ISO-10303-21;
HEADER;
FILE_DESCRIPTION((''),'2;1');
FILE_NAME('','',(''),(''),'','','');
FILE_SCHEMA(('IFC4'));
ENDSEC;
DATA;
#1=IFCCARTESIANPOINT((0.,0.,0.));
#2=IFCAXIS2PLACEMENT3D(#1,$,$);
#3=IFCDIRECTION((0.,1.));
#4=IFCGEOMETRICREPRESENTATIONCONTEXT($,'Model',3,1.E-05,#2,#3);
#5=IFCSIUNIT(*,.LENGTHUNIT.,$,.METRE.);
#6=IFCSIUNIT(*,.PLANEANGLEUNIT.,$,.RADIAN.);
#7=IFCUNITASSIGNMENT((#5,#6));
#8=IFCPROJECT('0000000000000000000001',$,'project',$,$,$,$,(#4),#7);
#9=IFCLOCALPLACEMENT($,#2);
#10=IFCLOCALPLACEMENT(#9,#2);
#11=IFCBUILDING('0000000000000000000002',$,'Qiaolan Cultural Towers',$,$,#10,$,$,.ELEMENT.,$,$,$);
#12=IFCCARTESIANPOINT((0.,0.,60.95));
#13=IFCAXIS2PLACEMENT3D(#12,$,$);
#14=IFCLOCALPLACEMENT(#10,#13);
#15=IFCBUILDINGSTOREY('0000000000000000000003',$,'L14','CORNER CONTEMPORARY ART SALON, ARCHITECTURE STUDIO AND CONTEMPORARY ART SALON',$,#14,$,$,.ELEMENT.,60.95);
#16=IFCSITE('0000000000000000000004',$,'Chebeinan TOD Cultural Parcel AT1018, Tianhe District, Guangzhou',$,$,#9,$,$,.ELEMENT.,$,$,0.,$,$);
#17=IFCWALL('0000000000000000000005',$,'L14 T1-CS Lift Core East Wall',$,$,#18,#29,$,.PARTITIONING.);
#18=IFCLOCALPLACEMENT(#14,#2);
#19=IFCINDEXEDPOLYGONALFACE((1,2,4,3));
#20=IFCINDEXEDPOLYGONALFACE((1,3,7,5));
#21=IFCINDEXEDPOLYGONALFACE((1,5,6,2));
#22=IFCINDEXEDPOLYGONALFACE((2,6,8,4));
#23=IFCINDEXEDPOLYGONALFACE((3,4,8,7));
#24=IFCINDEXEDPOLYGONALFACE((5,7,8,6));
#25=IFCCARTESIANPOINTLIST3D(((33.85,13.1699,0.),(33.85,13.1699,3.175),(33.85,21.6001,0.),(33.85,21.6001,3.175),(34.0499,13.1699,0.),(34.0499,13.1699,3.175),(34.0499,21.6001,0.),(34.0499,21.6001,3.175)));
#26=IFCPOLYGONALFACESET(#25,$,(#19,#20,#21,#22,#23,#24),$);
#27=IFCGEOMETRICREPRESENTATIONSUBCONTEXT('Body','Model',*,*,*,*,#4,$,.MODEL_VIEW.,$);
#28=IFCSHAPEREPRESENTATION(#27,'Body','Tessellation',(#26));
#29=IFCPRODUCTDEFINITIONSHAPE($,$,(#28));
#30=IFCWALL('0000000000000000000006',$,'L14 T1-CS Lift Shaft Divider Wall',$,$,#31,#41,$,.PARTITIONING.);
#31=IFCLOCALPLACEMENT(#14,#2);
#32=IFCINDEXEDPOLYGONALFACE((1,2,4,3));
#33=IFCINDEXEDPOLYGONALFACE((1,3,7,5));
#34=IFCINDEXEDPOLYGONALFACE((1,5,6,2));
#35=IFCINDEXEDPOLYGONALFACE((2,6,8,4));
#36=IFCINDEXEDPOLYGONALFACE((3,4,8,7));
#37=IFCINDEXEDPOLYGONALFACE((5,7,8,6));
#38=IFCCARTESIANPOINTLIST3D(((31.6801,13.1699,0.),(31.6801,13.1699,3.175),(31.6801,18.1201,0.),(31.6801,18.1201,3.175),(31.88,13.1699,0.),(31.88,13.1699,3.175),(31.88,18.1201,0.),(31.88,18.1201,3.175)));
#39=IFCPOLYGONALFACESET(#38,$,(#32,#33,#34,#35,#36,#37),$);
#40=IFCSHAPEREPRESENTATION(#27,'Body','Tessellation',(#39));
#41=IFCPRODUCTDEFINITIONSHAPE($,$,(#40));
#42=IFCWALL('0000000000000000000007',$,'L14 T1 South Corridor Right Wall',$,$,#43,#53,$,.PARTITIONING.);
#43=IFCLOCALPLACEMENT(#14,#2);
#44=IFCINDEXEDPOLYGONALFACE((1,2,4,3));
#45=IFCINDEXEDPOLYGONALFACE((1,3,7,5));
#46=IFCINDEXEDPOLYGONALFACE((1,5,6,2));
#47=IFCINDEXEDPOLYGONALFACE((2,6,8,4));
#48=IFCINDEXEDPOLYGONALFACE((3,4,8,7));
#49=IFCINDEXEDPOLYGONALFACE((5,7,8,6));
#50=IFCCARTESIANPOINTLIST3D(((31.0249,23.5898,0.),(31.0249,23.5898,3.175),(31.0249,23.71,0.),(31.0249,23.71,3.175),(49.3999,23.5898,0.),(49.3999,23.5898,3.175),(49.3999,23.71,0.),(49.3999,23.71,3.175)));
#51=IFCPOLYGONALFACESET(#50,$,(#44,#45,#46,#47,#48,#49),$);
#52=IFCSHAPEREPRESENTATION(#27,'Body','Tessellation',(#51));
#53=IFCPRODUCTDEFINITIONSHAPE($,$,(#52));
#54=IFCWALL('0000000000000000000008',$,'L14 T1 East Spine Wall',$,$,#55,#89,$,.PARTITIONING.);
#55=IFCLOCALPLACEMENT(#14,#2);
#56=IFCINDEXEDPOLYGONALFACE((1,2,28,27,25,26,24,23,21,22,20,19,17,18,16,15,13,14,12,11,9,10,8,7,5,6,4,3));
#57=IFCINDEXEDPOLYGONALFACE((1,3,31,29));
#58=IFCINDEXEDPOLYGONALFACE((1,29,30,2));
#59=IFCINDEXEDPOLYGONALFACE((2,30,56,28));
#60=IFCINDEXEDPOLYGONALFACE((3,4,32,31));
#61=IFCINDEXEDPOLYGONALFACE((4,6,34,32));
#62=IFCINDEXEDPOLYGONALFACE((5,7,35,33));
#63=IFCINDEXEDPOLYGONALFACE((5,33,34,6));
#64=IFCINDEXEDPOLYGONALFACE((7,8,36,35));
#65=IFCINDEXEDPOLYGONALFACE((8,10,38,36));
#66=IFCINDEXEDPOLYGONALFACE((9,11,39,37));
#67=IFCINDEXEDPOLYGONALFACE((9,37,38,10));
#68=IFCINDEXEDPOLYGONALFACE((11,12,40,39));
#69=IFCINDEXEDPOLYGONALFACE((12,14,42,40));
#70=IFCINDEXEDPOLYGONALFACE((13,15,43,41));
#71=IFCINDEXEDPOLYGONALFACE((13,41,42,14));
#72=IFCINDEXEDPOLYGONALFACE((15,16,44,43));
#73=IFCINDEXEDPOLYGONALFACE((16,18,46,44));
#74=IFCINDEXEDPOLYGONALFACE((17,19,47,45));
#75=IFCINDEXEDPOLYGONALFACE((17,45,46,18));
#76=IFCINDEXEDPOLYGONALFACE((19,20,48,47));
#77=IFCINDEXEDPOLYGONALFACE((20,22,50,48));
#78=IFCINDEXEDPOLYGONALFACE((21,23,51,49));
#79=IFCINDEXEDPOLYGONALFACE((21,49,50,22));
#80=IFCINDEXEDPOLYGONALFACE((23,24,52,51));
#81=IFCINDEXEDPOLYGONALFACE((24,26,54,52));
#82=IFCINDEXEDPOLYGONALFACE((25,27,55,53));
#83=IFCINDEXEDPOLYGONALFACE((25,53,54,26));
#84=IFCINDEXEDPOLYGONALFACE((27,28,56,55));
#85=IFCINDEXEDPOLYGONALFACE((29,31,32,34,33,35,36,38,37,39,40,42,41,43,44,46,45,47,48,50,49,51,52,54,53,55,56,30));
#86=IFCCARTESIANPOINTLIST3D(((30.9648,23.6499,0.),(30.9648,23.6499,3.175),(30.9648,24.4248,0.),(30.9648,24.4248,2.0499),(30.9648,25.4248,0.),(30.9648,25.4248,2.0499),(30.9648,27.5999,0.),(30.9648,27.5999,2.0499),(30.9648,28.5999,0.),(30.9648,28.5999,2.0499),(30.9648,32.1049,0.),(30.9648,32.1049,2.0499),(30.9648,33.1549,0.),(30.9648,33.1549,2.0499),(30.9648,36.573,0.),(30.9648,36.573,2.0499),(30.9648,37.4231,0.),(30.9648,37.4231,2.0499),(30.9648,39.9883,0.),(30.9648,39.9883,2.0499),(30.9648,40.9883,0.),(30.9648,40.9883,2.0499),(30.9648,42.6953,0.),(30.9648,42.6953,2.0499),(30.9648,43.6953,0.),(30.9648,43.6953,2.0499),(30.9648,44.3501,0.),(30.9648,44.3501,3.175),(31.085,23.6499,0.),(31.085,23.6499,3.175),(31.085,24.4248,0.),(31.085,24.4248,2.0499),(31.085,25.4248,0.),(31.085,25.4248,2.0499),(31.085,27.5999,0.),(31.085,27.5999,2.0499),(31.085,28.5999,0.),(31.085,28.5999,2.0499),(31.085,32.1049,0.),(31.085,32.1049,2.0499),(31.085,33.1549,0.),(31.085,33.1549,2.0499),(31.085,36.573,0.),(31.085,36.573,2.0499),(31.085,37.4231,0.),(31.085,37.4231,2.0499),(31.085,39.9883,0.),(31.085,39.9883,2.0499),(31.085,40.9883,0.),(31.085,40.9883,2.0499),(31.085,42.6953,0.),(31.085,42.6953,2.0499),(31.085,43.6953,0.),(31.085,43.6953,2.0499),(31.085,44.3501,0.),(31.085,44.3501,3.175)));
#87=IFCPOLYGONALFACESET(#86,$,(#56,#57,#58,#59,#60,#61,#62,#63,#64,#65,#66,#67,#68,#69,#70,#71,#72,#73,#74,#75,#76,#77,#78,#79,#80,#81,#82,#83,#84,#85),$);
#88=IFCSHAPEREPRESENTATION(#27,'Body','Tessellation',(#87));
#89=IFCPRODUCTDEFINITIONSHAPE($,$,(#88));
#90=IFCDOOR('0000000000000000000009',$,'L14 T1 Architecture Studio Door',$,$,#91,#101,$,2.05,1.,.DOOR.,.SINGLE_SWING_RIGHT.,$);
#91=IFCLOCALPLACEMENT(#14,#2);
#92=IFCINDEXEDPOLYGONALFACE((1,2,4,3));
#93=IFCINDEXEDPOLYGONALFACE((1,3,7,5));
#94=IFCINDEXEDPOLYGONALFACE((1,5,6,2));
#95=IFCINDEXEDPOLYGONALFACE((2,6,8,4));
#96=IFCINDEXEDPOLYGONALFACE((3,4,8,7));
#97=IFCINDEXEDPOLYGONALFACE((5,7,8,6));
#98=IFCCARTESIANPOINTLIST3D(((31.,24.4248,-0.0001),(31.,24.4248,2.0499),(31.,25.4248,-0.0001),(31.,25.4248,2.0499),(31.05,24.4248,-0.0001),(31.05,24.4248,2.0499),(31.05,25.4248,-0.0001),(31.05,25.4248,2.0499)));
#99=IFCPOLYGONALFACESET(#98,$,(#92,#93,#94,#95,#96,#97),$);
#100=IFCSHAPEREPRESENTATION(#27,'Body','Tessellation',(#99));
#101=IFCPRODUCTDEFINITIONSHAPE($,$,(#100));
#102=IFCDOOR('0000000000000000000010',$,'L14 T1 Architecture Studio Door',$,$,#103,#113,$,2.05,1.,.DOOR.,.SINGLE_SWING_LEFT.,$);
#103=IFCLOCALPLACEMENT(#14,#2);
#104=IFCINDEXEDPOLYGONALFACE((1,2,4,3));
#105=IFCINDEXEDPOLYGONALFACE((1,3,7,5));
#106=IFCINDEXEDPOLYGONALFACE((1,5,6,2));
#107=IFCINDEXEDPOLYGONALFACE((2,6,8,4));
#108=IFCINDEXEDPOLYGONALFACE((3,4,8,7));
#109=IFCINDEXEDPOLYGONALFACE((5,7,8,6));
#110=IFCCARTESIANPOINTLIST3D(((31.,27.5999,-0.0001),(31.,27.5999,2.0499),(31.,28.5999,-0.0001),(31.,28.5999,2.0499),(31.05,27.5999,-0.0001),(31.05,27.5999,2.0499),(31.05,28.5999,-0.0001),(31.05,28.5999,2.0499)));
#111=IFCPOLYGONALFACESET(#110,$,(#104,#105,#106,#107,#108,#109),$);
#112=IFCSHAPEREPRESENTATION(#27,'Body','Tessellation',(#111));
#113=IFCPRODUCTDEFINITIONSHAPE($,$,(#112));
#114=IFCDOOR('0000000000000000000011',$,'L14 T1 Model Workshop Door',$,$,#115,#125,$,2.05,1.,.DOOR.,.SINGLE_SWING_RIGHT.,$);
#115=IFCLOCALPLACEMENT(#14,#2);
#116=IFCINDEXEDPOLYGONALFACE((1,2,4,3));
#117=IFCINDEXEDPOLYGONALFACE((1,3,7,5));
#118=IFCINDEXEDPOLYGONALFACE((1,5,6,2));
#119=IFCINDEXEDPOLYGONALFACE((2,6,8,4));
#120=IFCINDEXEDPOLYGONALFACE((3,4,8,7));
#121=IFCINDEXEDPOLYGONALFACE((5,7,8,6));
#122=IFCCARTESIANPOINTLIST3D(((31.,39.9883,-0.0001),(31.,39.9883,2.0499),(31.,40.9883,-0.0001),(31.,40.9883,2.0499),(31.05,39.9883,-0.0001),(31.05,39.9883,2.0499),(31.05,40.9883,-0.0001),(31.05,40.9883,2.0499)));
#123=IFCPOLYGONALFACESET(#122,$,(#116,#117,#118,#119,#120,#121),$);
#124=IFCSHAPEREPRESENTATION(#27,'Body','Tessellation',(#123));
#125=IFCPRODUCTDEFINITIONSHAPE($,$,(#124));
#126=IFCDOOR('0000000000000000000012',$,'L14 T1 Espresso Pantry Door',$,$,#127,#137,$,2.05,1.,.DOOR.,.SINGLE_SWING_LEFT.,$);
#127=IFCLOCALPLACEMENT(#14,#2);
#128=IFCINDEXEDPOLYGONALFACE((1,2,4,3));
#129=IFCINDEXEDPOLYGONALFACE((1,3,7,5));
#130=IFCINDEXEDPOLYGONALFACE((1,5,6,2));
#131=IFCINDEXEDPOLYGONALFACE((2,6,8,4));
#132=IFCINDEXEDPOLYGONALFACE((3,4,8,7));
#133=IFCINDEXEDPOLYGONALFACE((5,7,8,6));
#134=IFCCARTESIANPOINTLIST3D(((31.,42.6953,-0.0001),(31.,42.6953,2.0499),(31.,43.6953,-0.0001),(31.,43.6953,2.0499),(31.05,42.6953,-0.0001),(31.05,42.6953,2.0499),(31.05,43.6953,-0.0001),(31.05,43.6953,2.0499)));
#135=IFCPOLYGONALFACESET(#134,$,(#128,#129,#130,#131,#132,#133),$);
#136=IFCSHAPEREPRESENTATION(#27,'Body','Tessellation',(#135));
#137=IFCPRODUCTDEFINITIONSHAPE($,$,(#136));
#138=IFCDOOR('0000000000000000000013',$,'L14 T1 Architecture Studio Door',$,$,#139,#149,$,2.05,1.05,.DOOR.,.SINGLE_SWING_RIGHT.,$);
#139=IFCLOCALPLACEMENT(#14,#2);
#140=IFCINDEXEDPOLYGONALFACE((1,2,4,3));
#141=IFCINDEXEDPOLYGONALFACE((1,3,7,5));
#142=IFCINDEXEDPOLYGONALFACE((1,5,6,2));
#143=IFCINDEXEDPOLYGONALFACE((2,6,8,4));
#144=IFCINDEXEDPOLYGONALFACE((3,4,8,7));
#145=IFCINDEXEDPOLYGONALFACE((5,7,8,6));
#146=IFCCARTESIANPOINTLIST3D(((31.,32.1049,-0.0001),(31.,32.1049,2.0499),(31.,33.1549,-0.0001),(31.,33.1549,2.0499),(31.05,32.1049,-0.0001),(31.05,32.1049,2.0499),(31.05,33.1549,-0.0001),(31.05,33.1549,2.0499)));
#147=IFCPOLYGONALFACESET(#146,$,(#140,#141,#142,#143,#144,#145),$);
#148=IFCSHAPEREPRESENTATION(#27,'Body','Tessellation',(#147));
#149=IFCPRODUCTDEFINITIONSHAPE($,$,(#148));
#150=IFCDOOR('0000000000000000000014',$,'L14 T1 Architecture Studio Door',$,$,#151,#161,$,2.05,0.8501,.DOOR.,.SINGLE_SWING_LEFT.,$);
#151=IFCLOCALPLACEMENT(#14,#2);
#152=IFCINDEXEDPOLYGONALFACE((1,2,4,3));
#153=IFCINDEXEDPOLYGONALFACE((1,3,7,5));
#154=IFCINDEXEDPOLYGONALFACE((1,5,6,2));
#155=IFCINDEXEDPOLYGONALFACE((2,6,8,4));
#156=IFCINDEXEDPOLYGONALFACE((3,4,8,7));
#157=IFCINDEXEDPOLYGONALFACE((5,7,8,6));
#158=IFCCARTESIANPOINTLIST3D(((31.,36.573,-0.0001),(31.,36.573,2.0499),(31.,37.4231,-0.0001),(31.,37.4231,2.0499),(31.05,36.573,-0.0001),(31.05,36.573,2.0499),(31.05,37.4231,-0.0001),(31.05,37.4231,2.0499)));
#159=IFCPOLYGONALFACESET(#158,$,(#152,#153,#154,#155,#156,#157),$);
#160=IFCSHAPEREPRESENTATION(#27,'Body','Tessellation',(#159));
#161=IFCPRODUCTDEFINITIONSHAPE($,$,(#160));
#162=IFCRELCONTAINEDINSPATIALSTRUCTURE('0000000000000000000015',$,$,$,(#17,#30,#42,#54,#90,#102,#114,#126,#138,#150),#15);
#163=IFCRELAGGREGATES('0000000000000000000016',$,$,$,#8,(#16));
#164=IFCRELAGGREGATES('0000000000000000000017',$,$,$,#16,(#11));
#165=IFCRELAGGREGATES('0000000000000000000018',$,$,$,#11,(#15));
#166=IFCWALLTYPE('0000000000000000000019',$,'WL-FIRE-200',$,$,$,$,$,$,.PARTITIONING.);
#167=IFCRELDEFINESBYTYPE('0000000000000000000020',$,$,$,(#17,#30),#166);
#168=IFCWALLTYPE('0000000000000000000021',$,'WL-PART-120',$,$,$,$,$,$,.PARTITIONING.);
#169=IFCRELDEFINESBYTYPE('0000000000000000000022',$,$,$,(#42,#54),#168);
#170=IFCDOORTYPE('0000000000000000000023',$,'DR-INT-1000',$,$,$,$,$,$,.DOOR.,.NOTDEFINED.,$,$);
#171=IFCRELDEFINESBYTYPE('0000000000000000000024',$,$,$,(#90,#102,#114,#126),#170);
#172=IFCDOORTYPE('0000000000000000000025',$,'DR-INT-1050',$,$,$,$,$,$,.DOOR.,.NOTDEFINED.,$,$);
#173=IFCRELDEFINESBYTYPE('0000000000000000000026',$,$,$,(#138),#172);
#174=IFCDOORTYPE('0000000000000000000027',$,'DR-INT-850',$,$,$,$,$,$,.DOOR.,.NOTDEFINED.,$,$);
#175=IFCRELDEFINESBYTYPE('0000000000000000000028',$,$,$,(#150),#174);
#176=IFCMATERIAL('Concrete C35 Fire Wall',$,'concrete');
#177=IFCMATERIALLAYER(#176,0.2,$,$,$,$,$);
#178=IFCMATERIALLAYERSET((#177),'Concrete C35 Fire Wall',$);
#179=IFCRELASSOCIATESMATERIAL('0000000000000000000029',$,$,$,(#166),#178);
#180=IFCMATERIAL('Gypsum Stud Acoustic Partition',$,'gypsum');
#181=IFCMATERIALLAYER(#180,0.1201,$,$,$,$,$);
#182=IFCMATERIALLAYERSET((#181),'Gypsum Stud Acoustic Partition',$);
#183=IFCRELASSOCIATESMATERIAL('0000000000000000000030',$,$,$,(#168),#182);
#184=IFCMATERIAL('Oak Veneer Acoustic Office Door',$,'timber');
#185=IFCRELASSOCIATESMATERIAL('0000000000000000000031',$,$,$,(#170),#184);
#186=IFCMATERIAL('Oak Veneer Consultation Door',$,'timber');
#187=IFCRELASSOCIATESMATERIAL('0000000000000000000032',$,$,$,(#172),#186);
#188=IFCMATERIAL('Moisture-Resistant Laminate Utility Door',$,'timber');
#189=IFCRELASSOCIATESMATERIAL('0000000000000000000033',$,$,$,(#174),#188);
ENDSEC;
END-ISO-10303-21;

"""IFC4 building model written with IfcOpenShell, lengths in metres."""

from ifc_helpers import new_model, si_unit, direction, frame, frame_2d, origin, place, context, subcontext, project, spatial, rectangle, extrude, material, layer, layer_set, type_object, element, fill, save


model = new_model("IFC4")

# Units and contexts
model_context = context("Model", 3, precision=1e-05, world=origin(), true_north=direction((0.0, 1.0)))
body_context = subcontext(model_context, "Body", "Model", "MODEL_VIEW")
ifc_project = project(units=[si_unit("LENGTHUNIT", "METRE"), si_unit("PLANEANGLEUNIT", "RADIAN")], contexts=[model_context])

# Site, building, storey
site_placement = place(None, origin())
site = spatial("IfcSite", under=ifc_project, at=site_placement, Name="Chebeinan TOD Cultural Parcel AT1018, Tianhe District, Guangzhou", CompositionType="ELEMENT", RefElevation=0.0)
building_placement = place(site_placement, origin())
building = spatial("IfcBuilding", under=site, at=building_placement, Name="Qiaolan Cultural Towers", CompositionType="ELEMENT")
storey_placement = place(building_placement, frame((0.0, 0.0, 60.95)))
storey = spatial("IfcBuildingStorey", under=building, at=storey_placement, Name="L14", Description="CORNER CONTEMPORARY ART SALON, ARCHITECTURE STUDIO AND CONTEMPORARY ART SALON", CompositionType="ELEMENT", Elevation=60.95)

# Walls
ifc_material_1 = material(Name="Concrete C35 Fire Wall", Category="concrete")
ifc_layer_1 = layer(ifc_material_1, 0.2)
ifc_layer_set_1 = layer_set([ifc_layer_1], Name="Concrete C35 Fire Wall")
wall_type_1 = type_object("IfcWallType", Name="WL-FIRE-200", PredefinedType="PARTITIONING", material=ifc_layer_set_1)
wall_1_placement = place(storey_placement, frame((33.95, 21.6001, 0.0), z_axis=(0.0, 0.0, 1.0), x_axis=(0.0, -1.0, 0.0)))
element("IfcWall", 1, at=wall_1_placement, inside=storey, type_object=wall_type_1, Name="L14 T1-CS Lift Core East Wall", PredefinedType="PARTITIONING", context=body_context, shape_type="SweptSolid", body=[
    extrude(rectangle(XDim=8.4302, YDim=0.2, at=frame_2d((4.2151, 0.0))), origin(), (0.0, 0.0, 1.0), 3.175),
])
wall_2_placement = place(storey_placement, frame((31.78, 18.1201, 0.0), z_axis=(0.0, 0.0, 1.0), x_axis=(0.0, -1.0, 0.0)))
element("IfcWall", 2, at=wall_2_placement, inside=storey, type_object=wall_type_1, Name="L14 T1-CS Lift Shaft Divider Wall", PredefinedType="PARTITIONING", context=body_context, shape_type="SweptSolid", body=[
    extrude(rectangle(XDim=4.9502, YDim=0.2, at=frame_2d((2.4751, 0.0))), origin(), (0.0, 0.0, 1.0), 3.175),
])
ifc_material_2 = material(Name="Gypsum Stud Acoustic Partition", Category="gypsum")
ifc_layer_2 = layer(ifc_material_2, 0.1201)
ifc_layer_set_2 = layer_set([ifc_layer_2], Name="Gypsum Stud Acoustic Partition")
wall_type_2 = type_object("IfcWallType", Name="WL-PART-120", PredefinedType="PARTITIONING", material=ifc_layer_set_2)
wall_3_placement = place(storey_placement, frame((31.0249, 23.6499, 0.0), z_axis=(0.0, 0.0, 1.0), x_axis=(1.0, 0.0, 0.0)))
element("IfcWall", 3, at=wall_3_placement, inside=storey, type_object=wall_type_2, Name="L14 T1 South Corridor Right Wall", PredefinedType="PARTITIONING", context=body_context, shape_type="SweptSolid", body=[
    extrude(rectangle(XDim=18.375, YDim=0.1201, at=frame_2d((9.1875, 0.0))), origin(), (0.0, 0.0, 1.0), 3.175),
])

# Wall, openings, doors
wall_4_placement = place(storey_placement, frame((31.0249, 23.6499, 0.0), z_axis=(0.0, 0.0, 1.0), x_axis=(0.0, 1.0, 0.0)))
wall_4 = element("IfcWall", 4, at=wall_4_placement, inside=storey, type_object=wall_type_2, Name="L14 T1 East Spine Wall", PredefinedType="PARTITIONING", context=body_context, shape_type="SweptSolid", body=[
    extrude(rectangle(XDim=20.7002, YDim=0.1201, at=frame_2d((10.3501, 0.0))), origin(), (0.0, 0.0, 1.0), 3.175),
])
opening_1_placement = place(wall_4_placement, frame((0.7749, 0.0, 0.0)))
opening_1 = element("IfcOpeningElement", 5, at=opening_1_placement, cuts=wall_4, PredefinedType="OPENING", context=body_context, shape_type="SweptSolid", body=[
    extrude(rectangle(XDim=1.0, YDim=2.05, at=frame_2d((0.5, 1.0249))), frame((0.0, 0.0701, 0.0), z_axis=(0.0, -1.0, 0.0), x_axis=(1.0, 0.0, 0.0)), (0.0, 0.0, 1.0), 0.1401),
])
opening_2_placement = place(wall_4_placement, frame((3.95, 0.0, 0.0)))
opening_2 = element("IfcOpeningElement", 6, at=opening_2_placement, cuts=wall_4, PredefinedType="OPENING", context=body_context, shape_type="SweptSolid", body=[
    extrude(rectangle(XDim=1.0, YDim=2.05, at=frame_2d((0.5, 1.0249))), frame((0.0, 0.0701, 0.0), z_axis=(0.0, -1.0, 0.0), x_axis=(1.0, 0.0, 0.0)), (0.0, 0.0, 1.0), 0.1401),
])
opening_3_placement = place(wall_4_placement, frame((8.4551, 0.0, 0.0)))
opening_3 = element("IfcOpeningElement", 7, at=opening_3_placement, cuts=wall_4, PredefinedType="OPENING", context=body_context, shape_type="SweptSolid", body=[
    extrude(rectangle(XDim=1.05, YDim=2.05, at=frame_2d((0.5249, 1.0249))), frame((0.0, 0.0701, 0.0), z_axis=(0.0, -1.0, 0.0), x_axis=(1.0, 0.0, 0.0)), (0.0, 0.0, 1.0), 0.1401),
])
opening_4_placement = place(wall_4_placement, frame((12.9231, 0.0, 0.0)))
opening_4 = element("IfcOpeningElement", 8, at=opening_4_placement, cuts=wall_4, PredefinedType="OPENING", context=body_context, shape_type="SweptSolid", body=[
    extrude(rectangle(XDim=0.8501, YDim=2.05, at=frame_2d((0.425, 1.0249))), frame((0.0, 0.0701, 0.0), z_axis=(0.0, -1.0, 0.0), x_axis=(1.0, 0.0, 0.0)), (0.0, 0.0, 1.0), 0.1401),
])
opening_5_placement = place(wall_4_placement, frame((16.3384, 0.0, 0.0)))
opening_5 = element("IfcOpeningElement", 9, at=opening_5_placement, cuts=wall_4, PredefinedType="OPENING", context=body_context, shape_type="SweptSolid", body=[
    extrude(rectangle(XDim=1.0, YDim=2.05, at=frame_2d((0.5, 1.0249))), frame((0.0, 0.0701, 0.0), z_axis=(0.0, -1.0, 0.0), x_axis=(1.0, 0.0, 0.0)), (0.0, 0.0, 1.0), 0.1401),
])
opening_6_placement = place(wall_4_placement, frame((19.0454, 0.0, 0.0)))
opening_6 = element("IfcOpeningElement", 10, at=opening_6_placement, cuts=wall_4, PredefinedType="OPENING", context=body_context, shape_type="SweptSolid", body=[
    extrude(rectangle(XDim=1.0, YDim=2.05, at=frame_2d((0.5, 1.0249))), frame((0.0, 0.0701, 0.0), z_axis=(0.0, -1.0, 0.0), x_axis=(1.0, 0.0, 0.0)), (0.0, 0.0, 1.0), 0.1401),
])
ifc_material_3 = material(Name="Oak Veneer Acoustic Office Door", Category="timber")
door_type_1 = type_object("IfcDoorType", Name="DR-INT-1000", OperationType="NOTDEFINED", PredefinedType="DOOR", material=ifc_material_3)
door_1_placement = place(opening_1_placement, origin())
door_1 = element("IfcDoor", 11, at=door_1_placement, inside=storey, type_object=door_type_1, Name="L14 T1 Architecture Studio Door", OperationType="SINGLE_SWING_RIGHT", OverallHeight=2.05, OverallWidth=1.0, PredefinedType="DOOR", context=body_context, shape_type="SweptSolid", body=[
    extrude(rectangle(XDim=1.0, YDim=2.05, at=frame_2d((0.5, 1.0249))), frame((0.0, 0.0249, 0.0), z_axis=(0.0, -1.0, 0.0), x_axis=(1.0, 0.0, 0.0)), (0.0, 0.0, 1.0), 0.05),
])
fill(opening_1, door_1)
door_2_placement = place(opening_2_placement, origin())
door_2 = element("IfcDoor", 12, at=door_2_placement, inside=storey, type_object=door_type_1, Name="L14 T1 Architecture Studio Door", OperationType="SINGLE_SWING_LEFT", OverallHeight=2.05, OverallWidth=1.0, PredefinedType="DOOR", context=body_context, shape_type="SweptSolid", body=[
    extrude(rectangle(XDim=1.0, YDim=2.05, at=frame_2d((0.5, 1.0249))), frame((0.0, 0.0249, 0.0), z_axis=(0.0, -1.0, 0.0), x_axis=(1.0, 0.0, 0.0)), (0.0, 0.0, 1.0), 0.05),
])
fill(opening_2, door_2)
door_3_placement = place(opening_5_placement, origin())
door_3 = element("IfcDoor", 13, at=door_3_placement, inside=storey, type_object=door_type_1, Name="L14 T1 Model Workshop Door", OperationType="SINGLE_SWING_RIGHT", OverallHeight=2.05, OverallWidth=1.0, PredefinedType="DOOR", context=body_context, shape_type="SweptSolid", body=[
    extrude(rectangle(XDim=1.0, YDim=2.05, at=frame_2d((0.5, 1.0249))), frame((0.0, 0.0249, 0.0), z_axis=(0.0, -1.0, 0.0), x_axis=(1.0, 0.0, 0.0)), (0.0, 0.0, 1.0), 0.05),
])
fill(opening_5, door_3)
door_4_placement = place(opening_6_placement, origin())
door_4 = element("IfcDoor", 14, at=door_4_placement, inside=storey, type_object=door_type_1, Name="L14 T1 Espresso Pantry Door", OperationType="SINGLE_SWING_LEFT", OverallHeight=2.05, OverallWidth=1.0, PredefinedType="DOOR", context=body_context, shape_type="SweptSolid", body=[
    extrude(rectangle(XDim=1.0, YDim=2.05, at=frame_2d((0.5, 1.0249))), frame((0.0, 0.0249, 0.0), z_axis=(0.0, -1.0, 0.0), x_axis=(1.0, 0.0, 0.0)), (0.0, 0.0, 1.0), 0.05),
])
fill(opening_6, door_4)
ifc_material_4 = material(Name="Oak Veneer Consultation Door", Category="timber")
door_type_2 = type_object("IfcDoorType", Name="DR-INT-1050", OperationType="NOTDEFINED", PredefinedType="DOOR", material=ifc_material_4)
door_5_placement = place(opening_3_placement, origin())
door_5 = element("IfcDoor", 15, at=door_5_placement, inside=storey, type_object=door_type_2, Name="L14 T1 Architecture Studio Door", OperationType="SINGLE_SWING_RIGHT", OverallHeight=2.05, OverallWidth=1.05, PredefinedType="DOOR", context=body_context, shape_type="SweptSolid", body=[
    extrude(rectangle(XDim=1.05, YDim=2.05, at=frame_2d((0.5249, 1.0249))), frame((0.0, 0.0249, 0.0), z_axis=(0.0, -1.0, 0.0), x_axis=(1.0, 0.0, 0.0)), (0.0, 0.0, 1.0), 0.05),
])
fill(opening_3, door_5)
ifc_material_5 = material(Name="Moisture-Resistant Laminate Utility Door", Category="timber")
door_type_3 = type_object("IfcDoorType", Name="DR-INT-850", OperationType="NOTDEFINED", PredefinedType="DOOR", material=ifc_material_5)
door_6_placement = place(opening_4_placement, origin())
door_6 = element("IfcDoor", 16, at=door_6_placement, inside=storey, type_object=door_type_3, Name="L14 T1 Architecture Studio Door", OperationType="SINGLE_SWING_LEFT", OverallHeight=2.05, OverallWidth=0.8501, PredefinedType="DOOR", context=body_context, shape_type="SweptSolid", body=[
    extrude(rectangle(XDim=0.8501, YDim=2.05, at=frame_2d((0.425, 1.0249))), frame((0.0, 0.0249, 0.0), z_axis=(0.0, -1.0, 0.0), x_axis=(1.0, 0.0, 0.0)), (0.0, 0.0, 1.0), 0.05),
])
fill(opening_4, door_6)

save(model, "model.ifc")
